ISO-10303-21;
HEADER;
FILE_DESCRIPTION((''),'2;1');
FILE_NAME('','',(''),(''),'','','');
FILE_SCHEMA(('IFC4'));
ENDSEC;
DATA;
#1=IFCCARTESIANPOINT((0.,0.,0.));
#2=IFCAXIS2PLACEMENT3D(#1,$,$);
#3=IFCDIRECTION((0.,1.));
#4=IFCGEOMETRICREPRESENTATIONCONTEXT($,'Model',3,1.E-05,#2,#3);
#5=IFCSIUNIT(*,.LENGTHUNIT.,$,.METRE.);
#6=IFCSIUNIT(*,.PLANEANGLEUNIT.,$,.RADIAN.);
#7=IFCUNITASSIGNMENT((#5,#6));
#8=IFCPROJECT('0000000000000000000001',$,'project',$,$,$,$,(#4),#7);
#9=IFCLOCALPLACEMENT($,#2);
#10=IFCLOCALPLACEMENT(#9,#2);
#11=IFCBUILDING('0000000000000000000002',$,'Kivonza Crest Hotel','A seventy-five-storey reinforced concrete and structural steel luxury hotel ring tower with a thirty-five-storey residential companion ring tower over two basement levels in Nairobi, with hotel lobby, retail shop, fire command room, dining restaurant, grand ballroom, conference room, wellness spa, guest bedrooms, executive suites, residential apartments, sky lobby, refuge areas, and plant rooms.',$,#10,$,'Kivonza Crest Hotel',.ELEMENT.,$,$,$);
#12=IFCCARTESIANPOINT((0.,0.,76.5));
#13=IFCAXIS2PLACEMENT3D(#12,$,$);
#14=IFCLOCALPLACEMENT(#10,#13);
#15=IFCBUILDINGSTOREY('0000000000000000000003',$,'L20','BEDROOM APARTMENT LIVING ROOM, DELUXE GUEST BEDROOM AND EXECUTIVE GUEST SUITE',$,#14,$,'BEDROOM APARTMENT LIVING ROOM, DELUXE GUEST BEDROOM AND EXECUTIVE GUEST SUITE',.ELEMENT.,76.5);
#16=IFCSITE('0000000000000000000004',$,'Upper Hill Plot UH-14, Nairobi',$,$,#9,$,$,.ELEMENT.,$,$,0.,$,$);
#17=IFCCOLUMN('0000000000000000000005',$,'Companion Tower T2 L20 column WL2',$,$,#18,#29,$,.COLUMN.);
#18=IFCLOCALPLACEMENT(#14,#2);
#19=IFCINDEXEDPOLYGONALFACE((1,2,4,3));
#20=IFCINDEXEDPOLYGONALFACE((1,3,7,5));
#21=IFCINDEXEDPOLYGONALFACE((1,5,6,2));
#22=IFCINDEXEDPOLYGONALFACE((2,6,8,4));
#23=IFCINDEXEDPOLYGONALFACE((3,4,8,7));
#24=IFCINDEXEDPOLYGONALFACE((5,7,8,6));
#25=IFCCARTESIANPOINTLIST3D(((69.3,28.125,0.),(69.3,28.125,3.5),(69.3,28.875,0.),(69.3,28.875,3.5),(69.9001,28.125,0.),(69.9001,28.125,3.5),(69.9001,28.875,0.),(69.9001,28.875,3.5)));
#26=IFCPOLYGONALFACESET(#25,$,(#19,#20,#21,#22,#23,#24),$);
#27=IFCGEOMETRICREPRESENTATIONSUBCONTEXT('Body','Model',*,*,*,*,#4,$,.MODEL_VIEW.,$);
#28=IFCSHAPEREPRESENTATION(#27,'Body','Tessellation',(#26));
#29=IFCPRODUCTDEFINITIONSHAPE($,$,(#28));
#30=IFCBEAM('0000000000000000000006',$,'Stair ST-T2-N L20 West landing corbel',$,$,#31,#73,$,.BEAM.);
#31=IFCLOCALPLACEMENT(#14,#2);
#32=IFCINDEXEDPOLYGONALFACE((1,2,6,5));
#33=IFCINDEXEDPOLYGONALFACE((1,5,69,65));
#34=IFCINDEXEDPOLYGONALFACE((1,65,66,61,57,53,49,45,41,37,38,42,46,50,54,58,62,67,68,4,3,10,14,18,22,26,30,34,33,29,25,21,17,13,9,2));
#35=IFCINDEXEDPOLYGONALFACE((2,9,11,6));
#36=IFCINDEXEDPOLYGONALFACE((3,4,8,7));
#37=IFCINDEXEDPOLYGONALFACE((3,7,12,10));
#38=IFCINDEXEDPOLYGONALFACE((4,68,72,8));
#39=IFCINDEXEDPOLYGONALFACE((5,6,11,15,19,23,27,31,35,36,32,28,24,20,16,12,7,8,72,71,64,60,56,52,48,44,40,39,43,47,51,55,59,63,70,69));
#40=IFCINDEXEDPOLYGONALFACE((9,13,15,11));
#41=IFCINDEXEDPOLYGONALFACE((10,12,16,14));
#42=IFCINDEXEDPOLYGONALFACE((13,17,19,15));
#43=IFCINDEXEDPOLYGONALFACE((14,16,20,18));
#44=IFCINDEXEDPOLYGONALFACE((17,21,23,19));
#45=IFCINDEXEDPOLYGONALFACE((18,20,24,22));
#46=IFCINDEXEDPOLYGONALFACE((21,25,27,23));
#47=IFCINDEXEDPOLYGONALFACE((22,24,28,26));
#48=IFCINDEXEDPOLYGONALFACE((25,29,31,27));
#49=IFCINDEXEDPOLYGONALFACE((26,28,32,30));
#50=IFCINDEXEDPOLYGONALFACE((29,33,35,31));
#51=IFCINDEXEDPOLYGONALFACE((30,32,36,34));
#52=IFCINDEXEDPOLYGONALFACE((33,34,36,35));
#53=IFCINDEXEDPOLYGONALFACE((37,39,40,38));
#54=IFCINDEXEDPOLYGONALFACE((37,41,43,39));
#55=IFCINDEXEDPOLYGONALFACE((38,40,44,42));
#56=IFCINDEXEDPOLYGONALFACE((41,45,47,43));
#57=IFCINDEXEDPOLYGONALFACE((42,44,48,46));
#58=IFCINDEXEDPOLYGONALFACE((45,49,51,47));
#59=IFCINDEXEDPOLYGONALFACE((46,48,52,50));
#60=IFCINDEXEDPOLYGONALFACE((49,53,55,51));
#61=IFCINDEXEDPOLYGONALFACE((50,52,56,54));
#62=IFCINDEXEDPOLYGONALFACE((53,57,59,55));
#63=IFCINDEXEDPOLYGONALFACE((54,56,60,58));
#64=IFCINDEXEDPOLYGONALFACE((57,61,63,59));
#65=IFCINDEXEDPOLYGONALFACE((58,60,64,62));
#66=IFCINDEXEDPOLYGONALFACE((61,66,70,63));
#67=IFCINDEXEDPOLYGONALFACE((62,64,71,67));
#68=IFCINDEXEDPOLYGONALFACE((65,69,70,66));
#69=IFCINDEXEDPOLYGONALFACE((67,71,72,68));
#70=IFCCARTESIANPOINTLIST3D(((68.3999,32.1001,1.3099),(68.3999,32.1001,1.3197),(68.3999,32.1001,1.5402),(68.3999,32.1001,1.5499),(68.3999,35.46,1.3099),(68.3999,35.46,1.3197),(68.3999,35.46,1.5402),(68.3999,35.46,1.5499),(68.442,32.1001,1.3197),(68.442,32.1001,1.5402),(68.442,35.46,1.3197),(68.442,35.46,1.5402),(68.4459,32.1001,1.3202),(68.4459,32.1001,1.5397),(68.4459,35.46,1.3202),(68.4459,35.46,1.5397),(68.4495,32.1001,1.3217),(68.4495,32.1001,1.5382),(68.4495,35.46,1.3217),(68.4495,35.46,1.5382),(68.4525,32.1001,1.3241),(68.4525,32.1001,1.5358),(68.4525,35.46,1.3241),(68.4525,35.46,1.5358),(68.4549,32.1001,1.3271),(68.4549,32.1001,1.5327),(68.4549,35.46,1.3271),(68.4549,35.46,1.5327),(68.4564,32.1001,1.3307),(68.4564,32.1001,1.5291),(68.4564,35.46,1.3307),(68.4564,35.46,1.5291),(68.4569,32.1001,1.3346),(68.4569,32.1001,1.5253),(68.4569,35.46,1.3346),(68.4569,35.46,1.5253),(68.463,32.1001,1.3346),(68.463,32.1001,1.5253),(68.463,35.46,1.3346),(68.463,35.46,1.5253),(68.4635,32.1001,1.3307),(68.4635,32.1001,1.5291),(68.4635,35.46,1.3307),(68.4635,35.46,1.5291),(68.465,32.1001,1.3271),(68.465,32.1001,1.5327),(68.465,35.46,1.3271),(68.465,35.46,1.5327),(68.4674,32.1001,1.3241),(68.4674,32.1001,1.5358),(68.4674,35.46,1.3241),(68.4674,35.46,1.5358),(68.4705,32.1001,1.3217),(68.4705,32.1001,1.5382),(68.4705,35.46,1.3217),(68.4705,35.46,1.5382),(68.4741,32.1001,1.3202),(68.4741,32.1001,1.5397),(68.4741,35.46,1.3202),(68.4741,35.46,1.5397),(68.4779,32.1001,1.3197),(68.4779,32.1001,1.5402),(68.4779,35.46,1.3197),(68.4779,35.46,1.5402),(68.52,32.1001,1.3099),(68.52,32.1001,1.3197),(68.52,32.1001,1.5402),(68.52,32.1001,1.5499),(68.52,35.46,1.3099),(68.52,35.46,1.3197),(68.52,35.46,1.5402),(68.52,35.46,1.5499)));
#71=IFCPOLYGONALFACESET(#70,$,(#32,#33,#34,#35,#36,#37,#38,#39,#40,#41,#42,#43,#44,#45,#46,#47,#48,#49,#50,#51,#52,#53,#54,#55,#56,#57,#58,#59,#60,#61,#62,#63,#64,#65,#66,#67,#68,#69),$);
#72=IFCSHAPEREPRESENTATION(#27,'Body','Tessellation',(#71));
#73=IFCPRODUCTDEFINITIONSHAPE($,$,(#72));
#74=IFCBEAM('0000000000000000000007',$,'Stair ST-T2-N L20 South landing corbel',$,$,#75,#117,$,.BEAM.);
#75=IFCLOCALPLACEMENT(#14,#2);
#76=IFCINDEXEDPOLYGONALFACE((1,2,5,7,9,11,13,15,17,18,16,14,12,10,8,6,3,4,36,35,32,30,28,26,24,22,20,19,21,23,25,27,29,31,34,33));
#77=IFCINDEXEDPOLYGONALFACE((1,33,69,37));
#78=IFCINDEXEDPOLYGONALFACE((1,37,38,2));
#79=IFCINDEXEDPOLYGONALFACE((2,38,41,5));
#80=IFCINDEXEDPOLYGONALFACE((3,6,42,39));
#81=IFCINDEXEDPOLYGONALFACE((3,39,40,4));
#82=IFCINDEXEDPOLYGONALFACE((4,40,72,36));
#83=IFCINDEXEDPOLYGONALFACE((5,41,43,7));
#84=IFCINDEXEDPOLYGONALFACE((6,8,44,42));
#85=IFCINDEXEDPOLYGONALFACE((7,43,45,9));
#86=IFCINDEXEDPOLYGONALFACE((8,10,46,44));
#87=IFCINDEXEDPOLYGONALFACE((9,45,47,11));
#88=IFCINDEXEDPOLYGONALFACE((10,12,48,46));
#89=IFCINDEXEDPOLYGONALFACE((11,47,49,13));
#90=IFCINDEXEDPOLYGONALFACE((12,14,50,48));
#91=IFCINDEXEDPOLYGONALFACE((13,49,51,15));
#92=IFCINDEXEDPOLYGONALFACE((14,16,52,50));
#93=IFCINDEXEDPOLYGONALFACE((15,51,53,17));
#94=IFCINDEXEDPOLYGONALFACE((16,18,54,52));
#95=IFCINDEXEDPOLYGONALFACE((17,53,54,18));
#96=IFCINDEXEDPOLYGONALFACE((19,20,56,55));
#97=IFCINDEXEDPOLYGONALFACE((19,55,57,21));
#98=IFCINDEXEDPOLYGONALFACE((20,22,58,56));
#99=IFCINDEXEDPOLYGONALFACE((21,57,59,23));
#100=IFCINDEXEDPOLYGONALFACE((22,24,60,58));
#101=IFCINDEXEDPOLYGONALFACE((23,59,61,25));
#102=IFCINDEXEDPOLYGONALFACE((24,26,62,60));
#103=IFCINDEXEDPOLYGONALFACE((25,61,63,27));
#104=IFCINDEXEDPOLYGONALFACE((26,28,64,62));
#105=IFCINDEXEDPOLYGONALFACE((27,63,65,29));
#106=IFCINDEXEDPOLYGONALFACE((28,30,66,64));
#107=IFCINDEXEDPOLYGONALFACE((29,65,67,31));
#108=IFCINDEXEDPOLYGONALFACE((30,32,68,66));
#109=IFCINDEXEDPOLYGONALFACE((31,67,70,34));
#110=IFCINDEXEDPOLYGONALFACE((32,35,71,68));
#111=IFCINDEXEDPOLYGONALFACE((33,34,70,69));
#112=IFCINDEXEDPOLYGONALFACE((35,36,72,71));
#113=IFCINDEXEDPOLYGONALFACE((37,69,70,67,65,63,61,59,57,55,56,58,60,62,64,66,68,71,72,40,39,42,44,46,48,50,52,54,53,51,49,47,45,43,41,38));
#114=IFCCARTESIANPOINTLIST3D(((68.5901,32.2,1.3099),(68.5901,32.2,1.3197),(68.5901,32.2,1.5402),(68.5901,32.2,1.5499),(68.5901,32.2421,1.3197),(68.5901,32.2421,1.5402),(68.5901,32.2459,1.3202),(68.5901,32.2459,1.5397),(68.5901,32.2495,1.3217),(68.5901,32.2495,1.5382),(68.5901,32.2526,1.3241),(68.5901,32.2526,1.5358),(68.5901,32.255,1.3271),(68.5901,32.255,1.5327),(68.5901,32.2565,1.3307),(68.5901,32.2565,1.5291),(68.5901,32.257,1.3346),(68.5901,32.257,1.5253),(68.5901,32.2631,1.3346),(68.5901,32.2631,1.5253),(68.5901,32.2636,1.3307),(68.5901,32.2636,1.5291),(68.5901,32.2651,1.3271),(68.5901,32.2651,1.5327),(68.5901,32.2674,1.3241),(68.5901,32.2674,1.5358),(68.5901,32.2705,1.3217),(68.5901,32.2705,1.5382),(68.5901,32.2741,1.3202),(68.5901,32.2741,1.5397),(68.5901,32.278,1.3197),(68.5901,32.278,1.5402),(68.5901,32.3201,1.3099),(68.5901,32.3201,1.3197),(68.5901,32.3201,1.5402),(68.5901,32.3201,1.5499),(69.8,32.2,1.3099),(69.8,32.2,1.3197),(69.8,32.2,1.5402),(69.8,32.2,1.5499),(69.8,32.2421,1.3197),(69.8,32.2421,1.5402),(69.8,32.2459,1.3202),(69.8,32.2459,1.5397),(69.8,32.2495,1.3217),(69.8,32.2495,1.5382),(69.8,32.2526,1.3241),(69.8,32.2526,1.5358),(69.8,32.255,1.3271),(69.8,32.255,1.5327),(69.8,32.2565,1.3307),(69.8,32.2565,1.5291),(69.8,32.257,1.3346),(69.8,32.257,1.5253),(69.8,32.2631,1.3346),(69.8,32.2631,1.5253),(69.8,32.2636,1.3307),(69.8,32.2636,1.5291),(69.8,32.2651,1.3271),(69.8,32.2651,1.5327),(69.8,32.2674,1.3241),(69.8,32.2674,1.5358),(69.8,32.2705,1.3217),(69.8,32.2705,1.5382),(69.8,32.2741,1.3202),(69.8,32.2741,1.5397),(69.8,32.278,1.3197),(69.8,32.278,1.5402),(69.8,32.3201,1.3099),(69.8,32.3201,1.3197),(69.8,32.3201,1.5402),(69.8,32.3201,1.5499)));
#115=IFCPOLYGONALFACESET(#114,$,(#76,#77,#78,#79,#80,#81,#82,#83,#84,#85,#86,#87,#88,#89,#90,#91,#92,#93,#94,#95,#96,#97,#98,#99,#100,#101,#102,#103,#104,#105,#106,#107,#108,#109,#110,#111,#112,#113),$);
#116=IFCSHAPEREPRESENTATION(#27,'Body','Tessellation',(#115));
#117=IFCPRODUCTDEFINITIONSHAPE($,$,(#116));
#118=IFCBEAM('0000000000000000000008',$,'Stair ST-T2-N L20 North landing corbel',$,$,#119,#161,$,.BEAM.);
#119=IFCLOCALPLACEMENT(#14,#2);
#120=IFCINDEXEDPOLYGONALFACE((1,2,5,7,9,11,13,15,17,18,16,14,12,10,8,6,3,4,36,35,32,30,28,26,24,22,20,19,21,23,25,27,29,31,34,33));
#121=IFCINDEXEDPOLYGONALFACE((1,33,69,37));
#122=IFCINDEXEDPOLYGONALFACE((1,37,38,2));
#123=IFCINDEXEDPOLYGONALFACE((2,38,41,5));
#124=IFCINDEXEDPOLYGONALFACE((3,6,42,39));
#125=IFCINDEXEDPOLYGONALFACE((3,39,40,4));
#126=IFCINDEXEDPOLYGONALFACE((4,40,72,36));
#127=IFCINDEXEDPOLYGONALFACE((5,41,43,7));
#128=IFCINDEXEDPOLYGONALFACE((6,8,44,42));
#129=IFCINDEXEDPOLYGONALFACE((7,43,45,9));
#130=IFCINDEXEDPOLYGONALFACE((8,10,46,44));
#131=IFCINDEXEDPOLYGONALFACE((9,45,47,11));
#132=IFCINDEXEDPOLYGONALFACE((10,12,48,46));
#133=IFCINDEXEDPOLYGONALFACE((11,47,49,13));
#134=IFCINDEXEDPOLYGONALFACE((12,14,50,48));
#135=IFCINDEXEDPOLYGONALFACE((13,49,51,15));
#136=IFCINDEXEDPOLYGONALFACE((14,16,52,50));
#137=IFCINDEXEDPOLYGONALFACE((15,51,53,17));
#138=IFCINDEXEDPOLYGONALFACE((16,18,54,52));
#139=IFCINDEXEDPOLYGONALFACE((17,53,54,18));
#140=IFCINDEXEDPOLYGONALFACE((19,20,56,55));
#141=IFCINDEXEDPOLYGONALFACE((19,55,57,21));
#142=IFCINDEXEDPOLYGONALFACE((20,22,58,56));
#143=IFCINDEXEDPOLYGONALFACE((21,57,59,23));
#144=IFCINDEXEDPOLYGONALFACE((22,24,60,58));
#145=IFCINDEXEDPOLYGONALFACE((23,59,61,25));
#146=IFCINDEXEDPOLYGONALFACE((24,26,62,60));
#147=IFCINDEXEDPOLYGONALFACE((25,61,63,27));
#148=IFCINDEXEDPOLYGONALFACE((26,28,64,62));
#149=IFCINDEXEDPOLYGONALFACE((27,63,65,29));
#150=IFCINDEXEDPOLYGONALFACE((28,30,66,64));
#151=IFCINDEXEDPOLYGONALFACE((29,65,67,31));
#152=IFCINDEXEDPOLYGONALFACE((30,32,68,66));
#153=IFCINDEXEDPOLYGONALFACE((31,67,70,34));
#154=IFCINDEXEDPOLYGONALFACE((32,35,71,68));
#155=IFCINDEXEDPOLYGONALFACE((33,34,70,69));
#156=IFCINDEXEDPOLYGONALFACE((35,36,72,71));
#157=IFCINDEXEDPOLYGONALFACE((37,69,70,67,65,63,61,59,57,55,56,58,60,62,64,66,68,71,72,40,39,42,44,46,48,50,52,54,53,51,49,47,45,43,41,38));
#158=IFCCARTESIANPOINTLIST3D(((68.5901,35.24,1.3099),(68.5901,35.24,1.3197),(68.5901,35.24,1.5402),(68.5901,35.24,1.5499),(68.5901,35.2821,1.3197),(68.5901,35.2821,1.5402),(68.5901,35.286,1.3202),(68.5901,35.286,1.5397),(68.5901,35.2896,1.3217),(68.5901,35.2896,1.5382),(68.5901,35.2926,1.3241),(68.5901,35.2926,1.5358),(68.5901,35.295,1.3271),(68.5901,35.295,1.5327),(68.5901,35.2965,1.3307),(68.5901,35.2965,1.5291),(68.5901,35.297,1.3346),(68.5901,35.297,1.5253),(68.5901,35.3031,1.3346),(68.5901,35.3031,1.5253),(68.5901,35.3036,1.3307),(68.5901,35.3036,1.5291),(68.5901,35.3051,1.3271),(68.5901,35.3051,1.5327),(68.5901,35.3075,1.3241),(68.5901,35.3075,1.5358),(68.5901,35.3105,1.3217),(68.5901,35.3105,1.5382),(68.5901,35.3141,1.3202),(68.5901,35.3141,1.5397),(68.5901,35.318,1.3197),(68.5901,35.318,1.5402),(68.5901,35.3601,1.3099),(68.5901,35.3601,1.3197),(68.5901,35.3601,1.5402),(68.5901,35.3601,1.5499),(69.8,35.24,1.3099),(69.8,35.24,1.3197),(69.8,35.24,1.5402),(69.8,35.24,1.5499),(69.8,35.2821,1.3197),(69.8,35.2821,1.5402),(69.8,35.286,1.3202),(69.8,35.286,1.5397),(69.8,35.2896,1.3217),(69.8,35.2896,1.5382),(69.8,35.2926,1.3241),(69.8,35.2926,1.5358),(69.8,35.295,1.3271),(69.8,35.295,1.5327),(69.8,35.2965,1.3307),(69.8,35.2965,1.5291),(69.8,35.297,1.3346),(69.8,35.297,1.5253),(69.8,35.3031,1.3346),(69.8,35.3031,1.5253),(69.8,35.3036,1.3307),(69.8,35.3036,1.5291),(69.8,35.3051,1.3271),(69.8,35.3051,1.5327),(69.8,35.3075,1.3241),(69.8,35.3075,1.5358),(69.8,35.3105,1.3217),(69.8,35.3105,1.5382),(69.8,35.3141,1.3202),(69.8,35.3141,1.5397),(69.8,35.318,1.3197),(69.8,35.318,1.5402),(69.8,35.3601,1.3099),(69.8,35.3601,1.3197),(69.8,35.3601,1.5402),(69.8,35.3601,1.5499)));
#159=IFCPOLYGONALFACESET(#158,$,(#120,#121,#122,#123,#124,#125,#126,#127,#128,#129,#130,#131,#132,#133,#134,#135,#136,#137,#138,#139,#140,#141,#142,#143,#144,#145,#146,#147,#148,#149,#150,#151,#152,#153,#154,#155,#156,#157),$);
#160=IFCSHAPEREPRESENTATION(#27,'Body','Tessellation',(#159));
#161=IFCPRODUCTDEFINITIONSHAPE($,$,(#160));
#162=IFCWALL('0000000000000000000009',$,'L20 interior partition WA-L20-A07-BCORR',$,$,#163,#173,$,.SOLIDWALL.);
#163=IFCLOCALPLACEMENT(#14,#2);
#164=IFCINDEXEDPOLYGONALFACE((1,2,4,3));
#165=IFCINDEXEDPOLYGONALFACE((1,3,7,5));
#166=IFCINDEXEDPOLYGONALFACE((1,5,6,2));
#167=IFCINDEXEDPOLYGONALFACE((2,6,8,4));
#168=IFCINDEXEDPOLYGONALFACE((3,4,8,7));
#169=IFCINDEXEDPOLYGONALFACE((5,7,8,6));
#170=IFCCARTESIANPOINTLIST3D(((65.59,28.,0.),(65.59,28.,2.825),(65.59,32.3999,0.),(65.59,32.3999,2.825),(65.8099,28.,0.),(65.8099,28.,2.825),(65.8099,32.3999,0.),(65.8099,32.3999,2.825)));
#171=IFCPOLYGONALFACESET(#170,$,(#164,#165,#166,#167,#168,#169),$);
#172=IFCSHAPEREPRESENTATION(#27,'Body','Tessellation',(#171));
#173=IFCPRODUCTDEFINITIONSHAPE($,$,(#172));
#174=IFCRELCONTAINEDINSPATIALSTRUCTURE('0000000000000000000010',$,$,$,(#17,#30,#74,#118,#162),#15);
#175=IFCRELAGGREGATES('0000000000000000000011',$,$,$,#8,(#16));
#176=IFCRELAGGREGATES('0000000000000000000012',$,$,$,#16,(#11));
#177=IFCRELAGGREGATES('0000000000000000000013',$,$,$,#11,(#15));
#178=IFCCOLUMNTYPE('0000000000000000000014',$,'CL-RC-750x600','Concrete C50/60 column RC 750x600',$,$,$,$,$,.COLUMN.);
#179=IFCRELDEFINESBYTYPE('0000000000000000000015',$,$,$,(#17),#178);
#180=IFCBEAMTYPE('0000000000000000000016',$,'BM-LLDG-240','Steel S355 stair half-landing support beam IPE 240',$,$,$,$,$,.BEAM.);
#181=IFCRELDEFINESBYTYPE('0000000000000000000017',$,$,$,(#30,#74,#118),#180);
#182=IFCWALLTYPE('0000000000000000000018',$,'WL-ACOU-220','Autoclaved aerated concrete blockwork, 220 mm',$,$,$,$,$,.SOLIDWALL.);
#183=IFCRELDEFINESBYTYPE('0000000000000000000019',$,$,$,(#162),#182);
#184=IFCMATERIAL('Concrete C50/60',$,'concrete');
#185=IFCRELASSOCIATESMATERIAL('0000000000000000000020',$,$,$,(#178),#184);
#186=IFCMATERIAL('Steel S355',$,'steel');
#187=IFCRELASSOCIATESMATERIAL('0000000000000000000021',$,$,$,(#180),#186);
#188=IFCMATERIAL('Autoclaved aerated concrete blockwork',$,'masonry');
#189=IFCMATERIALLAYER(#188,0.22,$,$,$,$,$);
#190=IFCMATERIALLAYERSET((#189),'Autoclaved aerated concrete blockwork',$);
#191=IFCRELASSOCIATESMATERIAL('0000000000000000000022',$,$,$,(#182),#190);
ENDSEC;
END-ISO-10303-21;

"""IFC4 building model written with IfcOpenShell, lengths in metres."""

from ifc_helpers import new_model, si_unit, direction, frame, frame_2d, origin, origin_2d, place, context, subcontext, project, spatial, rectangle, i_section, extrude, material, layer, layer_set, material_profile, profile_set, type_object, element, save


model = new_model("IFC4")

# Units and contexts
model_context = context("Model", 3, precision=1e-05, world=origin(), true_north=direction((0.0, 1.0)))
body_context = subcontext(model_context, "Body", "Model", "MODEL_VIEW")
ifc_project = project(units=[si_unit("LENGTHUNIT", "METRE"), si_unit("PLANEANGLEUNIT", "RADIAN")], contexts=[model_context])

# Site, building, storey
site_placement = place(None, origin())
site = spatial("IfcSite", under=ifc_project, at=site_placement, Name="Upper Hill Plot UH-14, Nairobi", CompositionType="ELEMENT", RefElevation=0.0)
building_placement = place(site_placement, origin())
building = spatial("IfcBuilding", under=site, at=building_placement, Name="Kivonza Crest Hotel", Description="A seventy-five-storey reinforced concrete and structural steel luxury hotel ring tower with a thirty-five-storey residential companion ring tower over two basement levels in Nairobi, with hotel lobby, retail shop, fire command room, dining restaurant, grand ballroom, conference room, wellness spa, guest bedrooms, executive suites, residential apartments, sky lobby, refuge areas, and plant rooms.", LongName="Kivonza Crest Hotel", CompositionType="ELEMENT")
storey_placement = place(building_placement, frame((0.0, 0.0, 76.5)))
storey = spatial("IfcBuildingStorey", under=building, at=storey_placement, Name="L20", Description="BEDROOM APARTMENT LIVING ROOM, DELUXE GUEST BEDROOM AND EXECUTIVE GUEST SUITE", LongName="BEDROOM APARTMENT LIVING ROOM, DELUXE GUEST BEDROOM AND EXECUTIVE GUEST SUITE", CompositionType="ELEMENT", Elevation=76.5)

# Column
ifc_material_1 = material(Name="Concrete C50/60", Category="concrete")
ifc_material_profile_1 = material_profile(ifc_material_1, rectangle(XDim=0.6001, YDim=0.75, at=origin_2d()), Name="RC 750x600")
ifc_profile_set_1 = profile_set([ifc_material_profile_1], Name="Concrete C50/60")
column_type = type_object("IfcColumnType", Name="CL-RC-750x600", Description="Concrete C50/60 column RC 750x600", PredefinedType="COLUMN", material=ifc_profile_set_1)
column_placement = place(storey_placement, frame((69.6001, 28.5, 0.0), z_axis=(0.0, 0.0, 1.0), x_axis=(1.0, 0.0, 0.0)))
element("IfcColumn", 1, at=column_placement, inside=storey, type_object=column_type, Name="Companion Tower T2 L20 column WL2", PredefinedType="COLUMN", context=body_context, shape_type="SweptSolid", body=[
    extrude(rectangle(XDim=0.6001, YDim=0.75, at=origin_2d()), origin(), (0.0, 0.0, 1.0), 3.5),
])

# Beams
ifc_material_2 = material(Name="Steel S355", Category="steel")
ifc_material_profile_2 = material_profile(ifc_material_2, i_section(OverallWidth=0.1201, OverallDepth=0.24, WebThickness=0.0061, FlangeThickness=0.0098, FilletRadius=0.0149, at=origin_2d()), Name="IPE 240")
ifc_profile_set_2 = profile_set([ifc_material_profile_2], Name="Steel S355")
beam_type = type_object("IfcBeamType", Name="BM-LLDG-240", Description="Steel S355 stair half-landing support beam IPE 240", PredefinedType="BEAM", material=ifc_profile_set_2)
beam_placement = place(storey_placement, frame((68.46, 32.1001, 1.4299), z_axis=(0.0, 1.0, 0.0), x_axis=(-1.0, 0.0, 0.0)))
element("IfcBeam", 2, at=beam_placement, inside=storey, type_object=beam_type, Name="Stair ST-T2-N L20 West landing corbel", PredefinedType="BEAM", context=body_context, shape_type="SweptSolid", body=[
    extrude(i_section(OverallWidth=0.1201, OverallDepth=0.24, WebThickness=0.0061, FlangeThickness=0.0098, FilletRadius=0.0149, at=origin_2d()), origin(), (0.0, 0.0, 1.0), 3.3599),
])
for number, where, z_axis, x_axis, name in (
    (3, (68.5901, 32.26, 1.4299), (1.0, 0.0, 0.0), (0.0, 1.0, 0.0), "Stair ST-T2-N L20 South landing corbel"),
    (4, (68.5901, 35.3, 1.4299), (1.0, 0.0, 0.0), (0.0, 1.0, 0.0), "Stair ST-T2-N L20 North landing corbel"),
):
    element("IfcBeam", number, at=place(storey_placement, frame(where, z_axis=z_axis, x_axis=x_axis)), inside=storey, type_object=beam_type, Name=name, PredefinedType="BEAM", context=body_context, shape_type="SweptSolid", body=[
        extrude(i_section(OverallWidth=0.1201, OverallDepth=0.24, WebThickness=0.0061, FlangeThickness=0.0098, FilletRadius=0.0149, at=origin_2d()), origin(), (0.0, 0.0, 1.0), 1.21),
    ])

# Wall
ifc_material_3 = material(Name="Autoclaved aerated concrete blockwork", Category="masonry")
ifc_layer_1 = layer(ifc_material_3, 0.22)
ifc_layer_set_1 = layer_set([ifc_layer_1], Name="Autoclaved aerated concrete blockwork")
wall_type_1 = type_object("IfcWallType", Name="WL-ACOU-220", Description="Autoclaved aerated concrete blockwork, 220 mm", PredefinedType="SOLIDWALL", material=ifc_layer_set_1)
wall_1_placement = place(storey_placement, frame((65.7, 28.0, 0.0), z_axis=(0.0, 0.0, 1.0), x_axis=(0.0, 1.0, 0.0)))
element("IfcWall", 5, at=wall_1_placement, inside=storey, type_object=wall_type_1, Name="L20 interior partition WA-L20-A07-BCORR", PredefinedType="SOLIDWALL", context=body_context, shape_type="SweptSolid", body=[
    extrude(rectangle(XDim=4.3999, YDim=0.22, at=frame_2d((2.2, 0.0))), origin(), (0.0, 0.0, 1.0), 2.825),
])

save(model, "model.ifc")
